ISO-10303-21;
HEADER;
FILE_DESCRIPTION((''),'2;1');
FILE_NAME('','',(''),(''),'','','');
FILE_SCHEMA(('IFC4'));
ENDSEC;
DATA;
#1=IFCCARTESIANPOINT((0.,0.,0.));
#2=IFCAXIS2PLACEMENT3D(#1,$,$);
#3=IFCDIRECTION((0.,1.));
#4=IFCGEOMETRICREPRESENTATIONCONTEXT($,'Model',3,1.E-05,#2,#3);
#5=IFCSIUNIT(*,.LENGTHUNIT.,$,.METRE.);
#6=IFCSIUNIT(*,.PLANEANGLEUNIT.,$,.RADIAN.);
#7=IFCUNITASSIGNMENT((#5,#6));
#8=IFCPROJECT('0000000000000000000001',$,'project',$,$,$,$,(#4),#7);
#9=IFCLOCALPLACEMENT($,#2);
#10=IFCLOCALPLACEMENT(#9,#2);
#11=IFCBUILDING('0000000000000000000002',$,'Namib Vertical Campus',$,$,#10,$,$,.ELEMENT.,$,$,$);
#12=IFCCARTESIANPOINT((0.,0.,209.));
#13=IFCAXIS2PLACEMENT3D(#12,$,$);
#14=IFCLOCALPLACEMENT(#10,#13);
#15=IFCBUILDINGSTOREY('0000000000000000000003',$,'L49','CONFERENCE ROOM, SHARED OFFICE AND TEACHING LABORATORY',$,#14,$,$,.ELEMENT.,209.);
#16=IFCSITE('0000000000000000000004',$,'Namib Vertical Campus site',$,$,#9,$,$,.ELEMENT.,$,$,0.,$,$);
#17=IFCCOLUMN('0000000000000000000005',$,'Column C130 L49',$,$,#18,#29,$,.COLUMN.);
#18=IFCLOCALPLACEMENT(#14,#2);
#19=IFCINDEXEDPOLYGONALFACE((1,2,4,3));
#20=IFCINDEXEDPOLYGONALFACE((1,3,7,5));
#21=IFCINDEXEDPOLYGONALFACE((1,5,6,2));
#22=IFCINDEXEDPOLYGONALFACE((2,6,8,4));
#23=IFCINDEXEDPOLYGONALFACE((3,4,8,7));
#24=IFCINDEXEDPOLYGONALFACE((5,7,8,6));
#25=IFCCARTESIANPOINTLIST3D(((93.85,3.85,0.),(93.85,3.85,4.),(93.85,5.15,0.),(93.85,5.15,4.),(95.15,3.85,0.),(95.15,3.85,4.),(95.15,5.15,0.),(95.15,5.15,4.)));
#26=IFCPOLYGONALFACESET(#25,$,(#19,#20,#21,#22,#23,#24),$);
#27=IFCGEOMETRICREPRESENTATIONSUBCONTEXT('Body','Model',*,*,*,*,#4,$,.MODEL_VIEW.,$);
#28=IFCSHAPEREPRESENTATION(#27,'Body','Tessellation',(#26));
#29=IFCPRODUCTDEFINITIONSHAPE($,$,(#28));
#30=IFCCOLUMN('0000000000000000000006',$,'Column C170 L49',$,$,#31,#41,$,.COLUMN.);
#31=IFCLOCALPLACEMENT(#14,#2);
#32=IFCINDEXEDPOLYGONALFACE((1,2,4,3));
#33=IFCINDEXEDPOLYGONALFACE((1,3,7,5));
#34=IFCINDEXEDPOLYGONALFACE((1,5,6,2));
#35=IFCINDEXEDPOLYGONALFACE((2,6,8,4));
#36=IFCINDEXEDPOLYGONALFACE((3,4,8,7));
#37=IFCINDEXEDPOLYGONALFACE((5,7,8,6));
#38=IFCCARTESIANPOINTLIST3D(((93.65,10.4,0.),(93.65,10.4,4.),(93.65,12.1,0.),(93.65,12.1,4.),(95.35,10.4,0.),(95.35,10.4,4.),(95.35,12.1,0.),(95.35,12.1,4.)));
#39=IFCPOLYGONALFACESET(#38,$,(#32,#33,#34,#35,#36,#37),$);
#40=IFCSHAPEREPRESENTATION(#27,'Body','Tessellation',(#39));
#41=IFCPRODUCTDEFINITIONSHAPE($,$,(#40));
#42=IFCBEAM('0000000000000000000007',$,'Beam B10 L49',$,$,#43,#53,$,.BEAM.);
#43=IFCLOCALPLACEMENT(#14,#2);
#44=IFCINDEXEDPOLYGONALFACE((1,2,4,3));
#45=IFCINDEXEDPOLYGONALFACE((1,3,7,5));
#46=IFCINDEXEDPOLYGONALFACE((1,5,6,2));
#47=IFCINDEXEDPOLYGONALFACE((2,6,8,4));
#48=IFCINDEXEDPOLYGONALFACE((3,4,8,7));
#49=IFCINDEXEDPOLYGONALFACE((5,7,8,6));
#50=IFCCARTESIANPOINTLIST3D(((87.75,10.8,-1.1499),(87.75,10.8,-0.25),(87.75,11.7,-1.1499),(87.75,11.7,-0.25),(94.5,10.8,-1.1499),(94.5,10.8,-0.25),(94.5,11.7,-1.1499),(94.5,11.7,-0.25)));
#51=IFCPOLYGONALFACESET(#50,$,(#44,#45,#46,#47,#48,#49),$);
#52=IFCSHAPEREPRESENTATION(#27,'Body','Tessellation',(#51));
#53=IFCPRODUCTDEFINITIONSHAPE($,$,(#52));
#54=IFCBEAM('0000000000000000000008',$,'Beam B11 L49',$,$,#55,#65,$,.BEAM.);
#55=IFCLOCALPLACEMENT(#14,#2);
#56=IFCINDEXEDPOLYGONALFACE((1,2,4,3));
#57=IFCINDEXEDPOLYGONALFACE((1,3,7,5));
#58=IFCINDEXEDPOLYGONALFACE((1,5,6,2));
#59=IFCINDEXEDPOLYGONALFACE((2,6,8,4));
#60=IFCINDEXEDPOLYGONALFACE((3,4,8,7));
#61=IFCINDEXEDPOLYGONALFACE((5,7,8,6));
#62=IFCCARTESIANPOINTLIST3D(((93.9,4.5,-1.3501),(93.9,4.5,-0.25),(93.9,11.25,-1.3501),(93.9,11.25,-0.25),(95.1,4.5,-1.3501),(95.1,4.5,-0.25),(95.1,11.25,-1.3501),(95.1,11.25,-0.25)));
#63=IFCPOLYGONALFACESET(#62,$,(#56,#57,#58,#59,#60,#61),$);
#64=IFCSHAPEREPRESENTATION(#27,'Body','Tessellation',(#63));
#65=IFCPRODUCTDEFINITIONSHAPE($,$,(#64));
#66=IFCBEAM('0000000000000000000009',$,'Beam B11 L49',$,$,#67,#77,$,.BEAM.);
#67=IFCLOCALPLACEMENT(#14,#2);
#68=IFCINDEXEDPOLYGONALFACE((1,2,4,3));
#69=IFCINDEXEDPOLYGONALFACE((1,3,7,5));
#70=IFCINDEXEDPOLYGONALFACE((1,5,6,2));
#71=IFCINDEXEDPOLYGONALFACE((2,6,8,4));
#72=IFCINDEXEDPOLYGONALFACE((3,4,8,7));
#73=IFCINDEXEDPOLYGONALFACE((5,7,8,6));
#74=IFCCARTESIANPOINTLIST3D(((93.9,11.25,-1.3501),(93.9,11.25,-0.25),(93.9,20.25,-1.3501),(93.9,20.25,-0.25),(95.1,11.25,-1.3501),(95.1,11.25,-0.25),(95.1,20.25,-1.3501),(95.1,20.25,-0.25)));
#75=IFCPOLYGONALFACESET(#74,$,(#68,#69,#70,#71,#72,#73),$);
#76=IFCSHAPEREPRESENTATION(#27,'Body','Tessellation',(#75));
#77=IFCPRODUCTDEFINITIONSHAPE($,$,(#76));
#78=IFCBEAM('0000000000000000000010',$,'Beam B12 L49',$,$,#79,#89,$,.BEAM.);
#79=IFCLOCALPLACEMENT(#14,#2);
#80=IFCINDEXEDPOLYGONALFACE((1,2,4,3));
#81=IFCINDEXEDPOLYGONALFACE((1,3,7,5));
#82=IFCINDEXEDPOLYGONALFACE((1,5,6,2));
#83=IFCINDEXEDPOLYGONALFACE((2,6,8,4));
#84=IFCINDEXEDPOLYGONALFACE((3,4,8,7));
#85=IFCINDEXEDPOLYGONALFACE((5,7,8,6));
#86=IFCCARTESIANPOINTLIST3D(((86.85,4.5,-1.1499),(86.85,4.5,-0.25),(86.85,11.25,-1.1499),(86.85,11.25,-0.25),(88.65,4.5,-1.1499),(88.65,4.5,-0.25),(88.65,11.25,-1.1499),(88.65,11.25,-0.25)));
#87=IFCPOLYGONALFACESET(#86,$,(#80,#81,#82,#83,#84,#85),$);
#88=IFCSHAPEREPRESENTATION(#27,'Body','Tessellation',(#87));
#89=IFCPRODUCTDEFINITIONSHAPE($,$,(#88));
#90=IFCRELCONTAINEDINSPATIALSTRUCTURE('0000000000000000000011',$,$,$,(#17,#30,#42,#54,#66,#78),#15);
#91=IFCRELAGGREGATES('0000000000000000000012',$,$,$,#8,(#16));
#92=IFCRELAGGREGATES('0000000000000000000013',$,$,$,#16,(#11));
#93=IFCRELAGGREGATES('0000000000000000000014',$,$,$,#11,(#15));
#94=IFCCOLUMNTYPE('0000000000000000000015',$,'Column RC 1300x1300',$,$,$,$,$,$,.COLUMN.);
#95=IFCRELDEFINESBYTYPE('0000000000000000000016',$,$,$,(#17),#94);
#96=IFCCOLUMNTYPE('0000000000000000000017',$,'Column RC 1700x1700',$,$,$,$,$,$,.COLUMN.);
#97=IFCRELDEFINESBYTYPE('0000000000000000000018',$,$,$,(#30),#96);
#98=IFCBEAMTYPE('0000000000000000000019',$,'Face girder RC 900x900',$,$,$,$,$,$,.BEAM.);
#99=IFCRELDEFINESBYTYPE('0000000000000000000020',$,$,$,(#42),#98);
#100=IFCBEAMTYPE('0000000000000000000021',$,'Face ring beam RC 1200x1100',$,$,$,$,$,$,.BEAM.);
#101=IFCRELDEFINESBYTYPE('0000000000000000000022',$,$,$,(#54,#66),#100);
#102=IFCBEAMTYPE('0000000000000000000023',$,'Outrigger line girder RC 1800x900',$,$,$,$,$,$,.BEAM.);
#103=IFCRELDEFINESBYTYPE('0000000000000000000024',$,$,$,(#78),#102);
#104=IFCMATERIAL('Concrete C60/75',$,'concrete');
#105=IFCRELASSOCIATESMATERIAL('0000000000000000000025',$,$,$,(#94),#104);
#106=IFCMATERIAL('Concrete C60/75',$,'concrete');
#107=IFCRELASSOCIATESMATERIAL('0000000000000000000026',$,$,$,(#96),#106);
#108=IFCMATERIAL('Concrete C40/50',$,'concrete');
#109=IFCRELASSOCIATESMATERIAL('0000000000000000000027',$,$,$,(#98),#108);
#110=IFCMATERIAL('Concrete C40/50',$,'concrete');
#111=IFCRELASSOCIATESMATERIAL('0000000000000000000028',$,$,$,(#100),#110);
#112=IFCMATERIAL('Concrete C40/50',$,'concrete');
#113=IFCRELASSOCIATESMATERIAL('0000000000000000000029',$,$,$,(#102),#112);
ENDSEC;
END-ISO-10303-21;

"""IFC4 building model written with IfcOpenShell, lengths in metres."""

from ifc_helpers import new_model, si_unit, direction, frame, origin, origin_2d, place, context, subcontext, project, spatial, rectangle, extrude, material, material_profile, profile_set, type_object, element, save


model = new_model("IFC4")

# Units and contexts
model_context = context("Model", 3, precision=1e-05, world=origin(), true_north=direction((0.0, 1.0)))
body_context = subcontext(model_context, "Body", "Model", "MODEL_VIEW")
ifc_project = project(units=[si_unit("LENGTHUNIT", "METRE"), si_unit("PLANEANGLEUNIT", "RADIAN")], contexts=[model_context])

# Site, building, storey
site_placement = place(None, origin())
site = spatial("IfcSite", under=ifc_project, at=site_placement, Name="Namib Vertical Campus site", CompositionType="ELEMENT", RefElevation=0.0)
building_placement = place(site_placement, origin())
building = spatial("IfcBuilding", under=site, at=building_placement, Name="Namib Vertical Campus", CompositionType="ELEMENT")
storey_placement = place(building_placement, frame((0.0, 0.0, 209.0)))
storey = spatial("IfcBuildingStorey", under=building, at=storey_placement, Name="L49", Description="CONFERENCE ROOM, SHARED OFFICE AND TEACHING LABORATORY", CompositionType="ELEMENT", Elevation=209.0)

# Columns
ifc_material_1 = material(Name="Concrete C60/75", Category="concrete")
ifc_material_profile_1 = material_profile(ifc_material_1, rectangle(XDim=1.3, YDim=1.3, at=origin_2d()))
ifc_profile_set_1 = profile_set([ifc_material_profile_1], Name="Concrete C60/75")
column_type_1 = type_object("IfcColumnType", Name="Column RC 1300x1300", PredefinedType="COLUMN", material=ifc_profile_set_1)
column_1_placement = place(storey_placement, frame((94.5, 4.5, 0.0), z_axis=(0.0, 0.0, 1.0), x_axis=(1.0, 0.0, 0.0)))
element("IfcColumn", 1, at=column_1_placement, inside=storey, type_object=column_type_1, Name="Column C130 L49", PredefinedType="COLUMN", context=body_context, shape_type="SweptSolid", body=[
    extrude(rectangle(XDim=1.3, YDim=1.3, at=origin_2d()), origin(), (0.0, 0.0, 1.0), 4.0),
])
ifc_material_2 = material(Name="Concrete C60/75", Category="concrete")
ifc_material_profile_2 = material_profile(ifc_material_2, rectangle(XDim=1.7, YDim=1.7, at=origin_2d()))
ifc_profile_set_2 = profile_set([ifc_material_profile_2], Name="Concrete C60/75")
column_type_2 = type_object("IfcColumnType", Name="Column RC 1700x1700", PredefinedType="COLUMN", material=ifc_profile_set_2)
column_2_placement = place(storey_placement, frame((94.5, 11.25, 0.0), z_axis=(0.0, 0.0, 1.0), x_axis=(1.0, 0.0, 0.0)))
element("IfcColumn", 2, at=column_2_placement, inside=storey, type_object=column_type_2, Name="Column C170 L49", PredefinedType="COLUMN", context=body_context, shape_type="SweptSolid", body=[
    extrude(rectangle(XDim=1.7, YDim=1.7, at=origin_2d()), origin(), (0.0, 0.0, 1.0), 4.0),
])

# Beams
ifc_material_3 = material(Name="Concrete C40/50", Category="concrete")
ifc_material_profile_3 = material_profile(ifc_material_3, rectangle(XDim=0.8999, YDim=0.8999, at=origin_2d()))
ifc_profile_set_3 = profile_set([ifc_material_profile_3], Name="Concrete C40/50")
beam_type_1 = type_object("IfcBeamType", Name="Face girder RC 900x900", PredefinedType="BEAM", material=ifc_profile_set_3)
beam_1_placement = place(storey_placement, frame((94.5, 11.25, -0.7), z_axis=(-1.0, 0.0, 0.0), x_axis=(0.0, -1.0, 0.0)))
element("IfcBeam", 3, at=beam_1_placement, inside=storey, type_object=beam_type_1, Name="Beam B10 L49", PredefinedType="BEAM", context=body_context, shape_type="SweptSolid", body=[
    extrude(rectangle(XDim=0.8999, YDim=0.8999, at=origin_2d()), origin(), (0.0, 0.0, 1.0), 6.75),
])
ifc_material_4 = material(Name="Concrete C40/50", Category="concrete")
ifc_material_profile_4 = material_profile(ifc_material_4, rectangle(XDim=1.2, YDim=1.1001, at=origin_2d()))
ifc_profile_set_4 = profile_set([ifc_material_profile_4], Name="Concrete C40/50")
beam_type_2 = type_object("IfcBeamType", Name="Face ring beam RC 1200x1100", PredefinedType="BEAM", material=ifc_profile_set_4)
beam_2_placement = place(storey_placement, frame((94.5, 4.5, -0.8), z_axis=(0.0, 1.0, 0.0), x_axis=(-1.0, 0.0, 0.0)))
element("IfcBeam", 4, at=beam_2_placement, inside=storey, type_object=beam_type_2, Name="Beam B11 L49", PredefinedType="BEAM", context=body_context, shape_type="SweptSolid", body=[
    extrude(rectangle(XDim=1.2, YDim=1.1001, at=origin_2d()), origin(), (0.0, 0.0, 1.0), 6.75),
])
beam_3_placement = place(storey_placement, frame((94.5, 11.25, -0.8), z_axis=(0.0, 1.0, 0.0), x_axis=(-1.0, 0.0, 0.0)))
element("IfcBeam", 5, at=beam_3_placement, inside=storey, type_object=beam_type_2, Name="Beam B11 L49", PredefinedType="BEAM", context=body_context, shape_type="SweptSolid", body=[
    extrude(rectangle(XDim=1.2, YDim=1.1001, at=origin_2d()), origin(), (0.0, 0.0, 1.0), 9.0),
])
ifc_material_5 = material(Name="Concrete C40/50", Category="concrete")
ifc_material_profile_5 = material_profile(ifc_material_5, rectangle(XDim=1.8, YDim=0.8999, at=origin_2d()))
ifc_profile_set_5 = profile_set([ifc_material_profile_5], Name="Concrete C40/50")
beam_type_3 = type_object("IfcBeamType", Name="Outrigger line girder RC 1800x900", PredefinedType="BEAM", material=ifc_profile_set_5)
beam_4_placement = place(storey_placement, frame((87.75, 4.5, -0.7), z_axis=(0.0, 1.0, 0.0), x_axis=(-1.0, 0.0, 0.0)))
element("IfcBeam", 6, at=beam_4_placement, inside=storey, type_object=beam_type_3, Name="Beam B12 L49", PredefinedType="BEAM", context=body_context, shape_type="SweptSolid", body=[
    extrude(rectangle(XDim=1.8, YDim=0.8999, at=origin_2d()), origin(), (0.0, 0.0, 1.0), 6.75),
])

save(model, "model.ifc")
